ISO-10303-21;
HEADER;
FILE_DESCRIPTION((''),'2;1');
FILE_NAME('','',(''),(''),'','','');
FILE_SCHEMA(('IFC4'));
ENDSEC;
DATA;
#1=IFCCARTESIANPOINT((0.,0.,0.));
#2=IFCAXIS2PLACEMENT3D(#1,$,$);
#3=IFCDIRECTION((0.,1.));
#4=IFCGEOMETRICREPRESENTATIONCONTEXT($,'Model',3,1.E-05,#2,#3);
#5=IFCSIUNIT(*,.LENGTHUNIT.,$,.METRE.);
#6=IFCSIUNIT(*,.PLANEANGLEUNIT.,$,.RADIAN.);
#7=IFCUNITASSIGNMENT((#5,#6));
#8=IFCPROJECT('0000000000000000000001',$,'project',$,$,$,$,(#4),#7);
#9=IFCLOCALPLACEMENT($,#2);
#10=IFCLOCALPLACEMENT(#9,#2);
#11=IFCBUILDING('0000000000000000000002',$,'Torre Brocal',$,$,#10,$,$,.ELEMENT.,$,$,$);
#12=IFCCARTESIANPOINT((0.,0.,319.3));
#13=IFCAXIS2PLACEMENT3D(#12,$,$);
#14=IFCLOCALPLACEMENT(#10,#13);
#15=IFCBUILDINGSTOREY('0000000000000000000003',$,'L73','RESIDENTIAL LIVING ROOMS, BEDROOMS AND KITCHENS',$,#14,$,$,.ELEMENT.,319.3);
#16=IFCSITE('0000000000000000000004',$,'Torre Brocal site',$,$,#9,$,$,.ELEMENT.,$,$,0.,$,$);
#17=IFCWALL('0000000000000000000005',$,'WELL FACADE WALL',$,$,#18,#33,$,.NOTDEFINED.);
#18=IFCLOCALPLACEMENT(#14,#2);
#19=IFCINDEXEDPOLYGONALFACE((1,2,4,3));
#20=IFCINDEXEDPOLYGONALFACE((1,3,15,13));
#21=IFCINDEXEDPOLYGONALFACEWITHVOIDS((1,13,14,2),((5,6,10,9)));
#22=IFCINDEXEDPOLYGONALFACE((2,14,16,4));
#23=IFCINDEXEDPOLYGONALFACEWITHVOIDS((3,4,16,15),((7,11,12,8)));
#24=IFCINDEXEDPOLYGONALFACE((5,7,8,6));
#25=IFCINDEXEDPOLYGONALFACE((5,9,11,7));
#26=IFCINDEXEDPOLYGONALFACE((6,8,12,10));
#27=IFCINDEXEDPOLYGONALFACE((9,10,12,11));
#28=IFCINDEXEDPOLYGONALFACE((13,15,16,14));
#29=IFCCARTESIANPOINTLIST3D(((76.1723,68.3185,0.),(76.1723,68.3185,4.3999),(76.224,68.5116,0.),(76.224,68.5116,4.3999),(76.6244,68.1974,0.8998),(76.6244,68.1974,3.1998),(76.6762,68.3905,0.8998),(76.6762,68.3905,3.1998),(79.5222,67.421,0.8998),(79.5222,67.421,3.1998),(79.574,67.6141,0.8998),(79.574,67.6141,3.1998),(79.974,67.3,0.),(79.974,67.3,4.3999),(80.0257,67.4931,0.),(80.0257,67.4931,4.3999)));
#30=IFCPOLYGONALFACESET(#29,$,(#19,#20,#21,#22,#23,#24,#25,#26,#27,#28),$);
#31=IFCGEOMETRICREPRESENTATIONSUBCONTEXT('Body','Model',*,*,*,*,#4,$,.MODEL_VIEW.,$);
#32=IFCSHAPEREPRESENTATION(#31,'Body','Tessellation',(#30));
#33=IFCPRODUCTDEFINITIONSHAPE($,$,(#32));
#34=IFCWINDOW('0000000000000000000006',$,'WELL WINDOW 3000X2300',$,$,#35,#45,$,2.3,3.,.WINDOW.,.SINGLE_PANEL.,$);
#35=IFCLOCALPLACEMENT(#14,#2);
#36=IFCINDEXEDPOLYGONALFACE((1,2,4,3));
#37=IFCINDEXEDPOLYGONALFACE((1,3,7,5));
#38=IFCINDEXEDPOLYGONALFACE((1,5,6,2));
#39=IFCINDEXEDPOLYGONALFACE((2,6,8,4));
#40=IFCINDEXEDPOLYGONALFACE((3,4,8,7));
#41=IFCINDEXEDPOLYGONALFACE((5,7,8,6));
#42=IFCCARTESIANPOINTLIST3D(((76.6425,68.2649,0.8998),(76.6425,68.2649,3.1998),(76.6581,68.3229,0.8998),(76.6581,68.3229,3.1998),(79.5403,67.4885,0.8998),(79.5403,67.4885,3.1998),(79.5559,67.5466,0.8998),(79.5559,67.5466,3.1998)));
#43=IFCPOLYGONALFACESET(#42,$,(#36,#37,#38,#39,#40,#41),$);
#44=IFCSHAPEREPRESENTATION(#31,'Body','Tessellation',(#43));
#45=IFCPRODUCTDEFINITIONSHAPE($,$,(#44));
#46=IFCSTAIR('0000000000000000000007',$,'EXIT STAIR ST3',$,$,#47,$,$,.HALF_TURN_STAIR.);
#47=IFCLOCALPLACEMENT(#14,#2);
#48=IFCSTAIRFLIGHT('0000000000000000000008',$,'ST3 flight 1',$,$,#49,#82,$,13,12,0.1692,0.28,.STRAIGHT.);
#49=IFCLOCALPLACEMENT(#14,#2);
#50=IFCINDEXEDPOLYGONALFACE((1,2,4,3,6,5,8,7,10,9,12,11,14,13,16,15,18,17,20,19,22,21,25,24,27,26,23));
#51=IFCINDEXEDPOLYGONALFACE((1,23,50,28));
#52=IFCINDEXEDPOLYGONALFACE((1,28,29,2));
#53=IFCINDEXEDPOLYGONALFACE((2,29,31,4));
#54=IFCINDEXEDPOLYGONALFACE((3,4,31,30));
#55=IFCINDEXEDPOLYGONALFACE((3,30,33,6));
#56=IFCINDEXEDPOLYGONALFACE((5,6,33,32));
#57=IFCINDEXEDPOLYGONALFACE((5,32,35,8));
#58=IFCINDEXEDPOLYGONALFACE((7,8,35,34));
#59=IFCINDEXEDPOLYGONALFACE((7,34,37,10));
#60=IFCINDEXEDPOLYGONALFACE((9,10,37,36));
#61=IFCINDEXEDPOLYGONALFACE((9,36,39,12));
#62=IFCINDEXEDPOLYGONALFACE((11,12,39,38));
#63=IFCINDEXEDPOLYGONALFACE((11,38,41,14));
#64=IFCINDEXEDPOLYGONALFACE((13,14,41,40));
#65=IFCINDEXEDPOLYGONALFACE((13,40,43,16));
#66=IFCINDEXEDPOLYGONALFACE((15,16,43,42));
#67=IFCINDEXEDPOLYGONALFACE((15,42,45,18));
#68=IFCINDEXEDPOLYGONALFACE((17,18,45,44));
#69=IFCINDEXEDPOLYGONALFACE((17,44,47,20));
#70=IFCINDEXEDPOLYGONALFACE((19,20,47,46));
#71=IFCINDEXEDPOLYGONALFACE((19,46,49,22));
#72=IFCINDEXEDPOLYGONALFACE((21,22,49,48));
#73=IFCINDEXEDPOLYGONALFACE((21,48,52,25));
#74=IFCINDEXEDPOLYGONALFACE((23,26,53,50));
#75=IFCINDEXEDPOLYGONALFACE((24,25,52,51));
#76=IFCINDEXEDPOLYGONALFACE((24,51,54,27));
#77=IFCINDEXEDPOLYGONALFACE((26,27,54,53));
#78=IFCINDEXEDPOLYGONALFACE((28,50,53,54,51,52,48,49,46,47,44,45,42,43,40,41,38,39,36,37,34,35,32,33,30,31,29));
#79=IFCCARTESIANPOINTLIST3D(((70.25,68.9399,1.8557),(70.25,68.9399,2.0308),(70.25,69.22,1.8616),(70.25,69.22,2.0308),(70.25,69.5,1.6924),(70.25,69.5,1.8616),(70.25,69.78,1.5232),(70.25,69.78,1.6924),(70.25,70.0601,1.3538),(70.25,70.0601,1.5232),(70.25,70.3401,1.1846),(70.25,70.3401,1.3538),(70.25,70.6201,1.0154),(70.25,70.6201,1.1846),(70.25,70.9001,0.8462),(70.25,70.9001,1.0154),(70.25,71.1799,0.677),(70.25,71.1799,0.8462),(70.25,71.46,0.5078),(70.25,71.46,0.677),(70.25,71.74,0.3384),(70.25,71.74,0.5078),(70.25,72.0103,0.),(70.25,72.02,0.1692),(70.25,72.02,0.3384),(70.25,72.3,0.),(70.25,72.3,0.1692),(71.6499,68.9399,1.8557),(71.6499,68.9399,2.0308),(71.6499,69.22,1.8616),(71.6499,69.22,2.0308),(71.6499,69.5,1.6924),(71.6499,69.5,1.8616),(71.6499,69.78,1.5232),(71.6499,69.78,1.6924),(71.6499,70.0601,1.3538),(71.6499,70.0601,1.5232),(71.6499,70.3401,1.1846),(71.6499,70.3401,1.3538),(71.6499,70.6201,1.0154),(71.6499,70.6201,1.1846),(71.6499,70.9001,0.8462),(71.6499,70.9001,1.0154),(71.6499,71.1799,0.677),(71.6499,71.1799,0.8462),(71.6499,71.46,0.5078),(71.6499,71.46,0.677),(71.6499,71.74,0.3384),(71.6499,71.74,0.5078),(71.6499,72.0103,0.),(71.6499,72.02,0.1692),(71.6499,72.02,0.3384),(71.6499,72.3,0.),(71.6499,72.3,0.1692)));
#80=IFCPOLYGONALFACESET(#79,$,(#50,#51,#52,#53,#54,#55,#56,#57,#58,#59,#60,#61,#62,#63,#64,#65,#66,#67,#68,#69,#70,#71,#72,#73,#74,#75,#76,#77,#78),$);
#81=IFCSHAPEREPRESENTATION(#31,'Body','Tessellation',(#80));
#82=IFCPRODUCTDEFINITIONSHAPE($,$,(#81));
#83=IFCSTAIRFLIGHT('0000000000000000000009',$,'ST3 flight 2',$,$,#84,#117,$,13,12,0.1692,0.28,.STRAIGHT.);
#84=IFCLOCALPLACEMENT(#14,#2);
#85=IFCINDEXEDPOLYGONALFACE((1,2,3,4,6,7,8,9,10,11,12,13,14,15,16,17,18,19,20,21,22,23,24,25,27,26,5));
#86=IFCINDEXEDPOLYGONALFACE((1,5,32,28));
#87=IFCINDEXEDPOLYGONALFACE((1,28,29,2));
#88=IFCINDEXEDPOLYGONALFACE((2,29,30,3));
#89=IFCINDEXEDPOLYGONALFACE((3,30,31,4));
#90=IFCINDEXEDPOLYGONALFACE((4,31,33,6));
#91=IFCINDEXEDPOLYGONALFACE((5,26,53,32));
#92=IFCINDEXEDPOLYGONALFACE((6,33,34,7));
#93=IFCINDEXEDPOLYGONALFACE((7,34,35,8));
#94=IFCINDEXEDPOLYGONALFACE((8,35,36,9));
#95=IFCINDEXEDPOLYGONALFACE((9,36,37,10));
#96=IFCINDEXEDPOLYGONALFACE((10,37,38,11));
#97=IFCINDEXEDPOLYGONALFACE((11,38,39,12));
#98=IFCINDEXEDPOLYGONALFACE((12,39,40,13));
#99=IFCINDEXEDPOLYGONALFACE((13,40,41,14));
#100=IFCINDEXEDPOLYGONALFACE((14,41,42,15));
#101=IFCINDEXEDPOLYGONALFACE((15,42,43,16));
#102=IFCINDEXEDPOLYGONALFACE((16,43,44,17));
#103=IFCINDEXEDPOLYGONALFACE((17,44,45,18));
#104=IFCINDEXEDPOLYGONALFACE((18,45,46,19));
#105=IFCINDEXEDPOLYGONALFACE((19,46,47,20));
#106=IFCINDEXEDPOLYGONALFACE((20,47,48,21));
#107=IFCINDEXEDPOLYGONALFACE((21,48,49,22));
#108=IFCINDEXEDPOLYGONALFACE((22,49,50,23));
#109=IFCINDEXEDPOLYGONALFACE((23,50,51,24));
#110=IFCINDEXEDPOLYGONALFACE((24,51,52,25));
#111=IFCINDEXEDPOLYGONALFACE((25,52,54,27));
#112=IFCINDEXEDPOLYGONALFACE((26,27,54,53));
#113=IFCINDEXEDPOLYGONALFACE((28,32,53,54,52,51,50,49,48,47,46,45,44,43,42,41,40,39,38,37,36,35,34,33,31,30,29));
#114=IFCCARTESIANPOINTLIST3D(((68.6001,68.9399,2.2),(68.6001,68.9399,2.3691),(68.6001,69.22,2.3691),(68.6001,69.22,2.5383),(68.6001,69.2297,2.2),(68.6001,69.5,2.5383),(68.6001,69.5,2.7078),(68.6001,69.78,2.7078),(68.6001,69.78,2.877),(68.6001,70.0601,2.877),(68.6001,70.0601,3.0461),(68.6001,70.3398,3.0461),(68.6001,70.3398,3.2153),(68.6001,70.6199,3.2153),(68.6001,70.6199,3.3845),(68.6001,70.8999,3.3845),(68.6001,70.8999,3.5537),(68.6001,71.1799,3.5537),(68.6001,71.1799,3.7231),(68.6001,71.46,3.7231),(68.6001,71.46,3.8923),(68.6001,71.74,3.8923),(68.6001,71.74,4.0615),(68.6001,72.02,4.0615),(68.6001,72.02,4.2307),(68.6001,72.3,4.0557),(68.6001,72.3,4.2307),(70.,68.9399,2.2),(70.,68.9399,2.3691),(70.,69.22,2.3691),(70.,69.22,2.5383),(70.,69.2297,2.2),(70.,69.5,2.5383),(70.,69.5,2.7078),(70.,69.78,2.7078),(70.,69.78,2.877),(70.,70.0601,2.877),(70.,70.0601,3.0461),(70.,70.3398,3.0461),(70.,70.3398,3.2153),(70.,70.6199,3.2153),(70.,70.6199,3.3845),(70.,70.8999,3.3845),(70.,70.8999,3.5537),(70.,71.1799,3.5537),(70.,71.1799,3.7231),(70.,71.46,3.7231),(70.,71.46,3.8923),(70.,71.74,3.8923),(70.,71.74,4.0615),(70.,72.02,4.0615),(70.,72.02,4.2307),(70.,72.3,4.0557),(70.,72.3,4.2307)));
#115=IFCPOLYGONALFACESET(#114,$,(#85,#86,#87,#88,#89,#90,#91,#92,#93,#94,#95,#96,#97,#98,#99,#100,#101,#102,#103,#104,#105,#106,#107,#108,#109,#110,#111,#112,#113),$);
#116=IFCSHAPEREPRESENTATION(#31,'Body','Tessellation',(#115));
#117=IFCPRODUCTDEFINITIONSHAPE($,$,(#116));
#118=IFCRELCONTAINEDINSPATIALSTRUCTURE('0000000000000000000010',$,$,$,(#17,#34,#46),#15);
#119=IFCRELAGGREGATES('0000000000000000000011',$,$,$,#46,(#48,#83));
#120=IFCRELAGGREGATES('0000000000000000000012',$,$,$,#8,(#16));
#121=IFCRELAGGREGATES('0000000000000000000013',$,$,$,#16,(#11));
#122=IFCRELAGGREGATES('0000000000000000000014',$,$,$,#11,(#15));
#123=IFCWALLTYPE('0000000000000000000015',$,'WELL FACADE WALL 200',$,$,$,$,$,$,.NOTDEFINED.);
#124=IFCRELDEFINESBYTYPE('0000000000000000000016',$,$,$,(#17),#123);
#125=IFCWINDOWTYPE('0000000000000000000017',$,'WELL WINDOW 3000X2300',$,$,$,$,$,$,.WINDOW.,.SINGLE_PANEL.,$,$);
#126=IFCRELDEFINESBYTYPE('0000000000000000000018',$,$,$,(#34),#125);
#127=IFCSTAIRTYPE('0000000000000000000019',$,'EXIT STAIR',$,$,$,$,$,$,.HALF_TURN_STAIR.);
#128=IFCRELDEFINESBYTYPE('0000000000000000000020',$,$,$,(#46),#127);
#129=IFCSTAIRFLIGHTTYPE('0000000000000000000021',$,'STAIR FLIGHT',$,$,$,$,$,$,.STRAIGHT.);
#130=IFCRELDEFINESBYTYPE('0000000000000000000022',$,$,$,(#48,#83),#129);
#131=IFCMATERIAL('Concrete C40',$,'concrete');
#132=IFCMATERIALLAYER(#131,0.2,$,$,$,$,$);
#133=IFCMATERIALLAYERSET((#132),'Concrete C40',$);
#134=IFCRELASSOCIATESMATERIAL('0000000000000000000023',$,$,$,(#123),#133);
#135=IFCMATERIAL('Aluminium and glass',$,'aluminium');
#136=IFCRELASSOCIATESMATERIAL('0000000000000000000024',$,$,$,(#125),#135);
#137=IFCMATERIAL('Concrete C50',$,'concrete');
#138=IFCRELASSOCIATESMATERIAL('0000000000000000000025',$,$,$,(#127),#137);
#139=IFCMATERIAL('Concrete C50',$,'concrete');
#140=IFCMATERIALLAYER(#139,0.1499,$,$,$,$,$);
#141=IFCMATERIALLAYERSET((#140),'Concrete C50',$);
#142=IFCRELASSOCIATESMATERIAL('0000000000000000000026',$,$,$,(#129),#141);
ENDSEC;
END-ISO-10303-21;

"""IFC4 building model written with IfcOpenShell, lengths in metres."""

from ifc_helpers import new_model, si_unit, direction, frame, frame_2d, origin, place, context, subcontext, project, spatial, polyline, rectangle, outline, extrude, material, layer, layer_set, type_object, element, fill, aggregate, save


model = new_model("IFC4")

# Units and contexts
model_context = context("Model", 3, precision=1e-05, world=origin(), true_north=direction((0.0, 1.0)))
body_context = subcontext(model_context, "Body", "Model", "MODEL_VIEW")
ifc_project = project(units=[si_unit("LENGTHUNIT", "METRE"), si_unit("PLANEANGLEUNIT", "RADIAN")], contexts=[model_context])

# Site, building, storey
site_placement = place(None, origin())
site = spatial("IfcSite", under=ifc_project, at=site_placement, Name="Torre Brocal site", CompositionType="ELEMENT", RefElevation=0.0)
building_placement = place(site_placement, origin())
building = spatial("IfcBuilding", under=site, at=building_placement, Name="Torre Brocal", CompositionType="ELEMENT")
storey_placement = place(building_placement, frame((0.0, 0.0, 319.3)))
storey = spatial("IfcBuildingStorey", under=building, at=storey_placement, Name="L73", Description="RESIDENTIAL LIVING ROOMS, BEDROOMS AND KITCHENS", CompositionType="ELEMENT", Elevation=319.3)

# Wall, opening, window
ifc_material_1 = material(Name="Concrete C40", Category="concrete")
ifc_layer_1 = layer(ifc_material_1, 0.2)
ifc_layer_set_1 = layer_set([ifc_layer_1], Name="Concrete C40")
wall_type_1 = type_object("IfcWallType", Name="WELL FACADE WALL 200", PredefinedType="NOTDEFINED", material=ifc_layer_set_1)
ifc_material_2 = material(Name="Aluminium and glass", Category="aluminium")
window_type = type_object("IfcWindowType", Name="WELL WINDOW 3000X2300", PartitioningType="SINGLE_PANEL", PredefinedType="WINDOW", material=ifc_material_2)
wall_1_placement = place(storey_placement, frame((76.1982, 68.415, 0.0), z_axis=(0.0, 0.0, 1.0), x_axis=(0.965934, -0.25879, 0.0)))
wall_1 = element("IfcWall", 1, at=wall_1_placement, inside=storey, type_object=wall_type_1, Name="WELL FACADE WALL", PredefinedType="NOTDEFINED", context=body_context, shape_type="SweptSolid", body=[
    extrude(rectangle(XDim=3.9358, YDim=0.2, at=frame_2d((1.9678, 0.0))), origin(), (0.0, 0.0, 1.0), 4.3999),
])
opening_1_placement = place(wall_1_placement, frame((0.468, 0.0, 0.8999)))
opening_1 = element("IfcOpeningElement", 2, at=opening_1_placement, cuts=wall_1, PredefinedType="OPENING", context=body_context, shape_type="SweptSolid", body=[
    extrude(rectangle(XDim=3.0, YDim=2.3, at=frame_2d((1.5, 1.1499))), frame((0.0, 0.1099, 0.0), z_axis=(0.0, -1.0, 0.0), x_axis=(1.0, 0.0, 0.0)), (0.0, 0.0, 1.0), 0.22),
])
window_1_placement = place(opening_1_placement, origin())
window_1 = element("IfcWindow", 3, at=window_1_placement, inside=storey, type_object=window_type, Name="WELL WINDOW 3000X2300", OverallHeight=2.3, OverallWidth=3.0, PartitioningType="SINGLE_PANEL", PredefinedType="WINDOW", context=body_context, shape_type="SweptSolid", body=[
    extrude(rectangle(XDim=3.0, YDim=2.3, at=frame_2d((1.5, 1.1499))), frame((0.0, 0.03, 0.0), z_axis=(0.0, -1.0, 0.0), x_axis=(1.0, 0.0, 0.0)), (0.0, 0.0, 1.0), 0.0601),
])
fill(opening_1, window_1)

# Stair, stair flights
ifc_material_3 = material(Name="Concrete C50", Category="concrete")
stair_type = type_object("IfcStairType", Name="EXIT STAIR", PredefinedType="HALF_TURN_STAIR", material=ifc_material_3)
stair_placement = place(storey_placement, origin())
stair = element("IfcStair", 4, at=stair_placement, inside=storey, type_object=stair_type, Name="EXIT STAIR ST3", PredefinedType="HALF_TURN_STAIR")
ifc_material_4 = material(Name="Concrete C50", Category="concrete")
ifc_layer_2 = layer(ifc_material_4, 0.1499)
ifc_layer_set_2 = layer_set([ifc_layer_2], Name="Concrete C50")
stair_flight_type = type_object("IfcStairFlightType", Name="STAIR FLIGHT", PredefinedType="STRAIGHT", material=ifc_layer_set_2)
stair_flight_1_placement = place(storey_placement, frame((70.95, 72.3, 0.0), z_axis=(0.0, 0.0, 1.0), x_axis=(0.0, -1.0, 0.0)))
stair_flight_1 = element("IfcStairFlight", 5, at=stair_flight_1_placement, type_object=stair_flight_type, Name="ST3 flight 1", NumberOfRisers=13, NumberOfTreads=12, PredefinedType="STRAIGHT", RiserHeight=0.1692, TreadLength=0.28, context=body_context, shape_type="SweptSolid", body=[
    extrude(outline(polyline([(0.0, 0.0), (0.0, 0.1692), (0.28, 0.1692), (0.28, 0.3384), (0.5601, 0.3384), (0.5601, 0.5078), (0.8401, 0.5078), (0.8401, 0.677), (1.1201, 0.677), (1.1201, 0.8462), (1.3999, 0.8462), (1.3999, 1.0154), (1.6799, 1.0154), (1.6799, 1.1846), (1.96, 1.1846), (1.96, 1.3538), (2.24, 1.3538), (2.24, 1.5232), (2.52, 1.5232), (2.52, 1.6924), (2.8, 1.6924), (2.8, 1.8616), (3.0801, 1.8616), (3.0801, 2.0308), (3.3601, 2.0308), (3.3601, 2.2), (3.3601, 1.8557), (0.2898, 0.0), (0.0, 0.0)])), frame((0.0, 0.7, 0.0), z_axis=(0.0, -1.0, 0.0), x_axis=(1.0, 0.0, 0.0)), (0.0, 0.0, 1.0), 1.3999),
])
stair_flight_2_placement = place(storey_placement, frame((69.3, 68.9399, 2.2), z_axis=(0.0, 0.0, 1.0), x_axis=(0.0, 1.0, 0.0)))
stair_flight_2 = element("IfcStairFlight", 6, at=stair_flight_2_placement, type_object=stair_flight_type, Name="ST3 flight 2", NumberOfRisers=13, NumberOfTreads=12, PredefinedType="STRAIGHT", RiserHeight=0.1692, TreadLength=0.28, context=body_context, shape_type="SweptSolid", body=[
    extrude(outline(polyline([(0.0, 0.0), (0.0, 0.1692), (0.28, 0.1692), (0.28, 0.3384), (0.5601, 0.3384), (0.5601, 0.5078), (0.8401, 0.5078), (0.8401, 0.677), (1.1201, 0.677), (1.1201, 0.8462), (1.3999, 0.8462), (1.3999, 1.0154), (1.6799, 1.0154), (1.6799, 1.1846), (1.96, 1.1846), (1.96, 1.3538), (2.24, 1.3538), (2.24, 1.5232), (2.52, 1.5232), (2.52, 1.6924), (2.8, 1.6924), (2.8, 1.8616), (3.0801, 1.8616), (3.0801, 2.0308), (3.3601, 2.0308), (3.3601, 2.2), (3.3601, 1.8557), (0.2898, 0.0), (0.0, 0.0)])), frame((0.0, 0.7, 0.0), z_axis=(0.0, -1.0, 0.0), x_axis=(1.0, 0.0, 0.0)), (0.0, 0.0, 1.0), 1.3999),
])
aggregate(stair, [stair_flight_1, stair_flight_2])

save(model, "model.ifc")
